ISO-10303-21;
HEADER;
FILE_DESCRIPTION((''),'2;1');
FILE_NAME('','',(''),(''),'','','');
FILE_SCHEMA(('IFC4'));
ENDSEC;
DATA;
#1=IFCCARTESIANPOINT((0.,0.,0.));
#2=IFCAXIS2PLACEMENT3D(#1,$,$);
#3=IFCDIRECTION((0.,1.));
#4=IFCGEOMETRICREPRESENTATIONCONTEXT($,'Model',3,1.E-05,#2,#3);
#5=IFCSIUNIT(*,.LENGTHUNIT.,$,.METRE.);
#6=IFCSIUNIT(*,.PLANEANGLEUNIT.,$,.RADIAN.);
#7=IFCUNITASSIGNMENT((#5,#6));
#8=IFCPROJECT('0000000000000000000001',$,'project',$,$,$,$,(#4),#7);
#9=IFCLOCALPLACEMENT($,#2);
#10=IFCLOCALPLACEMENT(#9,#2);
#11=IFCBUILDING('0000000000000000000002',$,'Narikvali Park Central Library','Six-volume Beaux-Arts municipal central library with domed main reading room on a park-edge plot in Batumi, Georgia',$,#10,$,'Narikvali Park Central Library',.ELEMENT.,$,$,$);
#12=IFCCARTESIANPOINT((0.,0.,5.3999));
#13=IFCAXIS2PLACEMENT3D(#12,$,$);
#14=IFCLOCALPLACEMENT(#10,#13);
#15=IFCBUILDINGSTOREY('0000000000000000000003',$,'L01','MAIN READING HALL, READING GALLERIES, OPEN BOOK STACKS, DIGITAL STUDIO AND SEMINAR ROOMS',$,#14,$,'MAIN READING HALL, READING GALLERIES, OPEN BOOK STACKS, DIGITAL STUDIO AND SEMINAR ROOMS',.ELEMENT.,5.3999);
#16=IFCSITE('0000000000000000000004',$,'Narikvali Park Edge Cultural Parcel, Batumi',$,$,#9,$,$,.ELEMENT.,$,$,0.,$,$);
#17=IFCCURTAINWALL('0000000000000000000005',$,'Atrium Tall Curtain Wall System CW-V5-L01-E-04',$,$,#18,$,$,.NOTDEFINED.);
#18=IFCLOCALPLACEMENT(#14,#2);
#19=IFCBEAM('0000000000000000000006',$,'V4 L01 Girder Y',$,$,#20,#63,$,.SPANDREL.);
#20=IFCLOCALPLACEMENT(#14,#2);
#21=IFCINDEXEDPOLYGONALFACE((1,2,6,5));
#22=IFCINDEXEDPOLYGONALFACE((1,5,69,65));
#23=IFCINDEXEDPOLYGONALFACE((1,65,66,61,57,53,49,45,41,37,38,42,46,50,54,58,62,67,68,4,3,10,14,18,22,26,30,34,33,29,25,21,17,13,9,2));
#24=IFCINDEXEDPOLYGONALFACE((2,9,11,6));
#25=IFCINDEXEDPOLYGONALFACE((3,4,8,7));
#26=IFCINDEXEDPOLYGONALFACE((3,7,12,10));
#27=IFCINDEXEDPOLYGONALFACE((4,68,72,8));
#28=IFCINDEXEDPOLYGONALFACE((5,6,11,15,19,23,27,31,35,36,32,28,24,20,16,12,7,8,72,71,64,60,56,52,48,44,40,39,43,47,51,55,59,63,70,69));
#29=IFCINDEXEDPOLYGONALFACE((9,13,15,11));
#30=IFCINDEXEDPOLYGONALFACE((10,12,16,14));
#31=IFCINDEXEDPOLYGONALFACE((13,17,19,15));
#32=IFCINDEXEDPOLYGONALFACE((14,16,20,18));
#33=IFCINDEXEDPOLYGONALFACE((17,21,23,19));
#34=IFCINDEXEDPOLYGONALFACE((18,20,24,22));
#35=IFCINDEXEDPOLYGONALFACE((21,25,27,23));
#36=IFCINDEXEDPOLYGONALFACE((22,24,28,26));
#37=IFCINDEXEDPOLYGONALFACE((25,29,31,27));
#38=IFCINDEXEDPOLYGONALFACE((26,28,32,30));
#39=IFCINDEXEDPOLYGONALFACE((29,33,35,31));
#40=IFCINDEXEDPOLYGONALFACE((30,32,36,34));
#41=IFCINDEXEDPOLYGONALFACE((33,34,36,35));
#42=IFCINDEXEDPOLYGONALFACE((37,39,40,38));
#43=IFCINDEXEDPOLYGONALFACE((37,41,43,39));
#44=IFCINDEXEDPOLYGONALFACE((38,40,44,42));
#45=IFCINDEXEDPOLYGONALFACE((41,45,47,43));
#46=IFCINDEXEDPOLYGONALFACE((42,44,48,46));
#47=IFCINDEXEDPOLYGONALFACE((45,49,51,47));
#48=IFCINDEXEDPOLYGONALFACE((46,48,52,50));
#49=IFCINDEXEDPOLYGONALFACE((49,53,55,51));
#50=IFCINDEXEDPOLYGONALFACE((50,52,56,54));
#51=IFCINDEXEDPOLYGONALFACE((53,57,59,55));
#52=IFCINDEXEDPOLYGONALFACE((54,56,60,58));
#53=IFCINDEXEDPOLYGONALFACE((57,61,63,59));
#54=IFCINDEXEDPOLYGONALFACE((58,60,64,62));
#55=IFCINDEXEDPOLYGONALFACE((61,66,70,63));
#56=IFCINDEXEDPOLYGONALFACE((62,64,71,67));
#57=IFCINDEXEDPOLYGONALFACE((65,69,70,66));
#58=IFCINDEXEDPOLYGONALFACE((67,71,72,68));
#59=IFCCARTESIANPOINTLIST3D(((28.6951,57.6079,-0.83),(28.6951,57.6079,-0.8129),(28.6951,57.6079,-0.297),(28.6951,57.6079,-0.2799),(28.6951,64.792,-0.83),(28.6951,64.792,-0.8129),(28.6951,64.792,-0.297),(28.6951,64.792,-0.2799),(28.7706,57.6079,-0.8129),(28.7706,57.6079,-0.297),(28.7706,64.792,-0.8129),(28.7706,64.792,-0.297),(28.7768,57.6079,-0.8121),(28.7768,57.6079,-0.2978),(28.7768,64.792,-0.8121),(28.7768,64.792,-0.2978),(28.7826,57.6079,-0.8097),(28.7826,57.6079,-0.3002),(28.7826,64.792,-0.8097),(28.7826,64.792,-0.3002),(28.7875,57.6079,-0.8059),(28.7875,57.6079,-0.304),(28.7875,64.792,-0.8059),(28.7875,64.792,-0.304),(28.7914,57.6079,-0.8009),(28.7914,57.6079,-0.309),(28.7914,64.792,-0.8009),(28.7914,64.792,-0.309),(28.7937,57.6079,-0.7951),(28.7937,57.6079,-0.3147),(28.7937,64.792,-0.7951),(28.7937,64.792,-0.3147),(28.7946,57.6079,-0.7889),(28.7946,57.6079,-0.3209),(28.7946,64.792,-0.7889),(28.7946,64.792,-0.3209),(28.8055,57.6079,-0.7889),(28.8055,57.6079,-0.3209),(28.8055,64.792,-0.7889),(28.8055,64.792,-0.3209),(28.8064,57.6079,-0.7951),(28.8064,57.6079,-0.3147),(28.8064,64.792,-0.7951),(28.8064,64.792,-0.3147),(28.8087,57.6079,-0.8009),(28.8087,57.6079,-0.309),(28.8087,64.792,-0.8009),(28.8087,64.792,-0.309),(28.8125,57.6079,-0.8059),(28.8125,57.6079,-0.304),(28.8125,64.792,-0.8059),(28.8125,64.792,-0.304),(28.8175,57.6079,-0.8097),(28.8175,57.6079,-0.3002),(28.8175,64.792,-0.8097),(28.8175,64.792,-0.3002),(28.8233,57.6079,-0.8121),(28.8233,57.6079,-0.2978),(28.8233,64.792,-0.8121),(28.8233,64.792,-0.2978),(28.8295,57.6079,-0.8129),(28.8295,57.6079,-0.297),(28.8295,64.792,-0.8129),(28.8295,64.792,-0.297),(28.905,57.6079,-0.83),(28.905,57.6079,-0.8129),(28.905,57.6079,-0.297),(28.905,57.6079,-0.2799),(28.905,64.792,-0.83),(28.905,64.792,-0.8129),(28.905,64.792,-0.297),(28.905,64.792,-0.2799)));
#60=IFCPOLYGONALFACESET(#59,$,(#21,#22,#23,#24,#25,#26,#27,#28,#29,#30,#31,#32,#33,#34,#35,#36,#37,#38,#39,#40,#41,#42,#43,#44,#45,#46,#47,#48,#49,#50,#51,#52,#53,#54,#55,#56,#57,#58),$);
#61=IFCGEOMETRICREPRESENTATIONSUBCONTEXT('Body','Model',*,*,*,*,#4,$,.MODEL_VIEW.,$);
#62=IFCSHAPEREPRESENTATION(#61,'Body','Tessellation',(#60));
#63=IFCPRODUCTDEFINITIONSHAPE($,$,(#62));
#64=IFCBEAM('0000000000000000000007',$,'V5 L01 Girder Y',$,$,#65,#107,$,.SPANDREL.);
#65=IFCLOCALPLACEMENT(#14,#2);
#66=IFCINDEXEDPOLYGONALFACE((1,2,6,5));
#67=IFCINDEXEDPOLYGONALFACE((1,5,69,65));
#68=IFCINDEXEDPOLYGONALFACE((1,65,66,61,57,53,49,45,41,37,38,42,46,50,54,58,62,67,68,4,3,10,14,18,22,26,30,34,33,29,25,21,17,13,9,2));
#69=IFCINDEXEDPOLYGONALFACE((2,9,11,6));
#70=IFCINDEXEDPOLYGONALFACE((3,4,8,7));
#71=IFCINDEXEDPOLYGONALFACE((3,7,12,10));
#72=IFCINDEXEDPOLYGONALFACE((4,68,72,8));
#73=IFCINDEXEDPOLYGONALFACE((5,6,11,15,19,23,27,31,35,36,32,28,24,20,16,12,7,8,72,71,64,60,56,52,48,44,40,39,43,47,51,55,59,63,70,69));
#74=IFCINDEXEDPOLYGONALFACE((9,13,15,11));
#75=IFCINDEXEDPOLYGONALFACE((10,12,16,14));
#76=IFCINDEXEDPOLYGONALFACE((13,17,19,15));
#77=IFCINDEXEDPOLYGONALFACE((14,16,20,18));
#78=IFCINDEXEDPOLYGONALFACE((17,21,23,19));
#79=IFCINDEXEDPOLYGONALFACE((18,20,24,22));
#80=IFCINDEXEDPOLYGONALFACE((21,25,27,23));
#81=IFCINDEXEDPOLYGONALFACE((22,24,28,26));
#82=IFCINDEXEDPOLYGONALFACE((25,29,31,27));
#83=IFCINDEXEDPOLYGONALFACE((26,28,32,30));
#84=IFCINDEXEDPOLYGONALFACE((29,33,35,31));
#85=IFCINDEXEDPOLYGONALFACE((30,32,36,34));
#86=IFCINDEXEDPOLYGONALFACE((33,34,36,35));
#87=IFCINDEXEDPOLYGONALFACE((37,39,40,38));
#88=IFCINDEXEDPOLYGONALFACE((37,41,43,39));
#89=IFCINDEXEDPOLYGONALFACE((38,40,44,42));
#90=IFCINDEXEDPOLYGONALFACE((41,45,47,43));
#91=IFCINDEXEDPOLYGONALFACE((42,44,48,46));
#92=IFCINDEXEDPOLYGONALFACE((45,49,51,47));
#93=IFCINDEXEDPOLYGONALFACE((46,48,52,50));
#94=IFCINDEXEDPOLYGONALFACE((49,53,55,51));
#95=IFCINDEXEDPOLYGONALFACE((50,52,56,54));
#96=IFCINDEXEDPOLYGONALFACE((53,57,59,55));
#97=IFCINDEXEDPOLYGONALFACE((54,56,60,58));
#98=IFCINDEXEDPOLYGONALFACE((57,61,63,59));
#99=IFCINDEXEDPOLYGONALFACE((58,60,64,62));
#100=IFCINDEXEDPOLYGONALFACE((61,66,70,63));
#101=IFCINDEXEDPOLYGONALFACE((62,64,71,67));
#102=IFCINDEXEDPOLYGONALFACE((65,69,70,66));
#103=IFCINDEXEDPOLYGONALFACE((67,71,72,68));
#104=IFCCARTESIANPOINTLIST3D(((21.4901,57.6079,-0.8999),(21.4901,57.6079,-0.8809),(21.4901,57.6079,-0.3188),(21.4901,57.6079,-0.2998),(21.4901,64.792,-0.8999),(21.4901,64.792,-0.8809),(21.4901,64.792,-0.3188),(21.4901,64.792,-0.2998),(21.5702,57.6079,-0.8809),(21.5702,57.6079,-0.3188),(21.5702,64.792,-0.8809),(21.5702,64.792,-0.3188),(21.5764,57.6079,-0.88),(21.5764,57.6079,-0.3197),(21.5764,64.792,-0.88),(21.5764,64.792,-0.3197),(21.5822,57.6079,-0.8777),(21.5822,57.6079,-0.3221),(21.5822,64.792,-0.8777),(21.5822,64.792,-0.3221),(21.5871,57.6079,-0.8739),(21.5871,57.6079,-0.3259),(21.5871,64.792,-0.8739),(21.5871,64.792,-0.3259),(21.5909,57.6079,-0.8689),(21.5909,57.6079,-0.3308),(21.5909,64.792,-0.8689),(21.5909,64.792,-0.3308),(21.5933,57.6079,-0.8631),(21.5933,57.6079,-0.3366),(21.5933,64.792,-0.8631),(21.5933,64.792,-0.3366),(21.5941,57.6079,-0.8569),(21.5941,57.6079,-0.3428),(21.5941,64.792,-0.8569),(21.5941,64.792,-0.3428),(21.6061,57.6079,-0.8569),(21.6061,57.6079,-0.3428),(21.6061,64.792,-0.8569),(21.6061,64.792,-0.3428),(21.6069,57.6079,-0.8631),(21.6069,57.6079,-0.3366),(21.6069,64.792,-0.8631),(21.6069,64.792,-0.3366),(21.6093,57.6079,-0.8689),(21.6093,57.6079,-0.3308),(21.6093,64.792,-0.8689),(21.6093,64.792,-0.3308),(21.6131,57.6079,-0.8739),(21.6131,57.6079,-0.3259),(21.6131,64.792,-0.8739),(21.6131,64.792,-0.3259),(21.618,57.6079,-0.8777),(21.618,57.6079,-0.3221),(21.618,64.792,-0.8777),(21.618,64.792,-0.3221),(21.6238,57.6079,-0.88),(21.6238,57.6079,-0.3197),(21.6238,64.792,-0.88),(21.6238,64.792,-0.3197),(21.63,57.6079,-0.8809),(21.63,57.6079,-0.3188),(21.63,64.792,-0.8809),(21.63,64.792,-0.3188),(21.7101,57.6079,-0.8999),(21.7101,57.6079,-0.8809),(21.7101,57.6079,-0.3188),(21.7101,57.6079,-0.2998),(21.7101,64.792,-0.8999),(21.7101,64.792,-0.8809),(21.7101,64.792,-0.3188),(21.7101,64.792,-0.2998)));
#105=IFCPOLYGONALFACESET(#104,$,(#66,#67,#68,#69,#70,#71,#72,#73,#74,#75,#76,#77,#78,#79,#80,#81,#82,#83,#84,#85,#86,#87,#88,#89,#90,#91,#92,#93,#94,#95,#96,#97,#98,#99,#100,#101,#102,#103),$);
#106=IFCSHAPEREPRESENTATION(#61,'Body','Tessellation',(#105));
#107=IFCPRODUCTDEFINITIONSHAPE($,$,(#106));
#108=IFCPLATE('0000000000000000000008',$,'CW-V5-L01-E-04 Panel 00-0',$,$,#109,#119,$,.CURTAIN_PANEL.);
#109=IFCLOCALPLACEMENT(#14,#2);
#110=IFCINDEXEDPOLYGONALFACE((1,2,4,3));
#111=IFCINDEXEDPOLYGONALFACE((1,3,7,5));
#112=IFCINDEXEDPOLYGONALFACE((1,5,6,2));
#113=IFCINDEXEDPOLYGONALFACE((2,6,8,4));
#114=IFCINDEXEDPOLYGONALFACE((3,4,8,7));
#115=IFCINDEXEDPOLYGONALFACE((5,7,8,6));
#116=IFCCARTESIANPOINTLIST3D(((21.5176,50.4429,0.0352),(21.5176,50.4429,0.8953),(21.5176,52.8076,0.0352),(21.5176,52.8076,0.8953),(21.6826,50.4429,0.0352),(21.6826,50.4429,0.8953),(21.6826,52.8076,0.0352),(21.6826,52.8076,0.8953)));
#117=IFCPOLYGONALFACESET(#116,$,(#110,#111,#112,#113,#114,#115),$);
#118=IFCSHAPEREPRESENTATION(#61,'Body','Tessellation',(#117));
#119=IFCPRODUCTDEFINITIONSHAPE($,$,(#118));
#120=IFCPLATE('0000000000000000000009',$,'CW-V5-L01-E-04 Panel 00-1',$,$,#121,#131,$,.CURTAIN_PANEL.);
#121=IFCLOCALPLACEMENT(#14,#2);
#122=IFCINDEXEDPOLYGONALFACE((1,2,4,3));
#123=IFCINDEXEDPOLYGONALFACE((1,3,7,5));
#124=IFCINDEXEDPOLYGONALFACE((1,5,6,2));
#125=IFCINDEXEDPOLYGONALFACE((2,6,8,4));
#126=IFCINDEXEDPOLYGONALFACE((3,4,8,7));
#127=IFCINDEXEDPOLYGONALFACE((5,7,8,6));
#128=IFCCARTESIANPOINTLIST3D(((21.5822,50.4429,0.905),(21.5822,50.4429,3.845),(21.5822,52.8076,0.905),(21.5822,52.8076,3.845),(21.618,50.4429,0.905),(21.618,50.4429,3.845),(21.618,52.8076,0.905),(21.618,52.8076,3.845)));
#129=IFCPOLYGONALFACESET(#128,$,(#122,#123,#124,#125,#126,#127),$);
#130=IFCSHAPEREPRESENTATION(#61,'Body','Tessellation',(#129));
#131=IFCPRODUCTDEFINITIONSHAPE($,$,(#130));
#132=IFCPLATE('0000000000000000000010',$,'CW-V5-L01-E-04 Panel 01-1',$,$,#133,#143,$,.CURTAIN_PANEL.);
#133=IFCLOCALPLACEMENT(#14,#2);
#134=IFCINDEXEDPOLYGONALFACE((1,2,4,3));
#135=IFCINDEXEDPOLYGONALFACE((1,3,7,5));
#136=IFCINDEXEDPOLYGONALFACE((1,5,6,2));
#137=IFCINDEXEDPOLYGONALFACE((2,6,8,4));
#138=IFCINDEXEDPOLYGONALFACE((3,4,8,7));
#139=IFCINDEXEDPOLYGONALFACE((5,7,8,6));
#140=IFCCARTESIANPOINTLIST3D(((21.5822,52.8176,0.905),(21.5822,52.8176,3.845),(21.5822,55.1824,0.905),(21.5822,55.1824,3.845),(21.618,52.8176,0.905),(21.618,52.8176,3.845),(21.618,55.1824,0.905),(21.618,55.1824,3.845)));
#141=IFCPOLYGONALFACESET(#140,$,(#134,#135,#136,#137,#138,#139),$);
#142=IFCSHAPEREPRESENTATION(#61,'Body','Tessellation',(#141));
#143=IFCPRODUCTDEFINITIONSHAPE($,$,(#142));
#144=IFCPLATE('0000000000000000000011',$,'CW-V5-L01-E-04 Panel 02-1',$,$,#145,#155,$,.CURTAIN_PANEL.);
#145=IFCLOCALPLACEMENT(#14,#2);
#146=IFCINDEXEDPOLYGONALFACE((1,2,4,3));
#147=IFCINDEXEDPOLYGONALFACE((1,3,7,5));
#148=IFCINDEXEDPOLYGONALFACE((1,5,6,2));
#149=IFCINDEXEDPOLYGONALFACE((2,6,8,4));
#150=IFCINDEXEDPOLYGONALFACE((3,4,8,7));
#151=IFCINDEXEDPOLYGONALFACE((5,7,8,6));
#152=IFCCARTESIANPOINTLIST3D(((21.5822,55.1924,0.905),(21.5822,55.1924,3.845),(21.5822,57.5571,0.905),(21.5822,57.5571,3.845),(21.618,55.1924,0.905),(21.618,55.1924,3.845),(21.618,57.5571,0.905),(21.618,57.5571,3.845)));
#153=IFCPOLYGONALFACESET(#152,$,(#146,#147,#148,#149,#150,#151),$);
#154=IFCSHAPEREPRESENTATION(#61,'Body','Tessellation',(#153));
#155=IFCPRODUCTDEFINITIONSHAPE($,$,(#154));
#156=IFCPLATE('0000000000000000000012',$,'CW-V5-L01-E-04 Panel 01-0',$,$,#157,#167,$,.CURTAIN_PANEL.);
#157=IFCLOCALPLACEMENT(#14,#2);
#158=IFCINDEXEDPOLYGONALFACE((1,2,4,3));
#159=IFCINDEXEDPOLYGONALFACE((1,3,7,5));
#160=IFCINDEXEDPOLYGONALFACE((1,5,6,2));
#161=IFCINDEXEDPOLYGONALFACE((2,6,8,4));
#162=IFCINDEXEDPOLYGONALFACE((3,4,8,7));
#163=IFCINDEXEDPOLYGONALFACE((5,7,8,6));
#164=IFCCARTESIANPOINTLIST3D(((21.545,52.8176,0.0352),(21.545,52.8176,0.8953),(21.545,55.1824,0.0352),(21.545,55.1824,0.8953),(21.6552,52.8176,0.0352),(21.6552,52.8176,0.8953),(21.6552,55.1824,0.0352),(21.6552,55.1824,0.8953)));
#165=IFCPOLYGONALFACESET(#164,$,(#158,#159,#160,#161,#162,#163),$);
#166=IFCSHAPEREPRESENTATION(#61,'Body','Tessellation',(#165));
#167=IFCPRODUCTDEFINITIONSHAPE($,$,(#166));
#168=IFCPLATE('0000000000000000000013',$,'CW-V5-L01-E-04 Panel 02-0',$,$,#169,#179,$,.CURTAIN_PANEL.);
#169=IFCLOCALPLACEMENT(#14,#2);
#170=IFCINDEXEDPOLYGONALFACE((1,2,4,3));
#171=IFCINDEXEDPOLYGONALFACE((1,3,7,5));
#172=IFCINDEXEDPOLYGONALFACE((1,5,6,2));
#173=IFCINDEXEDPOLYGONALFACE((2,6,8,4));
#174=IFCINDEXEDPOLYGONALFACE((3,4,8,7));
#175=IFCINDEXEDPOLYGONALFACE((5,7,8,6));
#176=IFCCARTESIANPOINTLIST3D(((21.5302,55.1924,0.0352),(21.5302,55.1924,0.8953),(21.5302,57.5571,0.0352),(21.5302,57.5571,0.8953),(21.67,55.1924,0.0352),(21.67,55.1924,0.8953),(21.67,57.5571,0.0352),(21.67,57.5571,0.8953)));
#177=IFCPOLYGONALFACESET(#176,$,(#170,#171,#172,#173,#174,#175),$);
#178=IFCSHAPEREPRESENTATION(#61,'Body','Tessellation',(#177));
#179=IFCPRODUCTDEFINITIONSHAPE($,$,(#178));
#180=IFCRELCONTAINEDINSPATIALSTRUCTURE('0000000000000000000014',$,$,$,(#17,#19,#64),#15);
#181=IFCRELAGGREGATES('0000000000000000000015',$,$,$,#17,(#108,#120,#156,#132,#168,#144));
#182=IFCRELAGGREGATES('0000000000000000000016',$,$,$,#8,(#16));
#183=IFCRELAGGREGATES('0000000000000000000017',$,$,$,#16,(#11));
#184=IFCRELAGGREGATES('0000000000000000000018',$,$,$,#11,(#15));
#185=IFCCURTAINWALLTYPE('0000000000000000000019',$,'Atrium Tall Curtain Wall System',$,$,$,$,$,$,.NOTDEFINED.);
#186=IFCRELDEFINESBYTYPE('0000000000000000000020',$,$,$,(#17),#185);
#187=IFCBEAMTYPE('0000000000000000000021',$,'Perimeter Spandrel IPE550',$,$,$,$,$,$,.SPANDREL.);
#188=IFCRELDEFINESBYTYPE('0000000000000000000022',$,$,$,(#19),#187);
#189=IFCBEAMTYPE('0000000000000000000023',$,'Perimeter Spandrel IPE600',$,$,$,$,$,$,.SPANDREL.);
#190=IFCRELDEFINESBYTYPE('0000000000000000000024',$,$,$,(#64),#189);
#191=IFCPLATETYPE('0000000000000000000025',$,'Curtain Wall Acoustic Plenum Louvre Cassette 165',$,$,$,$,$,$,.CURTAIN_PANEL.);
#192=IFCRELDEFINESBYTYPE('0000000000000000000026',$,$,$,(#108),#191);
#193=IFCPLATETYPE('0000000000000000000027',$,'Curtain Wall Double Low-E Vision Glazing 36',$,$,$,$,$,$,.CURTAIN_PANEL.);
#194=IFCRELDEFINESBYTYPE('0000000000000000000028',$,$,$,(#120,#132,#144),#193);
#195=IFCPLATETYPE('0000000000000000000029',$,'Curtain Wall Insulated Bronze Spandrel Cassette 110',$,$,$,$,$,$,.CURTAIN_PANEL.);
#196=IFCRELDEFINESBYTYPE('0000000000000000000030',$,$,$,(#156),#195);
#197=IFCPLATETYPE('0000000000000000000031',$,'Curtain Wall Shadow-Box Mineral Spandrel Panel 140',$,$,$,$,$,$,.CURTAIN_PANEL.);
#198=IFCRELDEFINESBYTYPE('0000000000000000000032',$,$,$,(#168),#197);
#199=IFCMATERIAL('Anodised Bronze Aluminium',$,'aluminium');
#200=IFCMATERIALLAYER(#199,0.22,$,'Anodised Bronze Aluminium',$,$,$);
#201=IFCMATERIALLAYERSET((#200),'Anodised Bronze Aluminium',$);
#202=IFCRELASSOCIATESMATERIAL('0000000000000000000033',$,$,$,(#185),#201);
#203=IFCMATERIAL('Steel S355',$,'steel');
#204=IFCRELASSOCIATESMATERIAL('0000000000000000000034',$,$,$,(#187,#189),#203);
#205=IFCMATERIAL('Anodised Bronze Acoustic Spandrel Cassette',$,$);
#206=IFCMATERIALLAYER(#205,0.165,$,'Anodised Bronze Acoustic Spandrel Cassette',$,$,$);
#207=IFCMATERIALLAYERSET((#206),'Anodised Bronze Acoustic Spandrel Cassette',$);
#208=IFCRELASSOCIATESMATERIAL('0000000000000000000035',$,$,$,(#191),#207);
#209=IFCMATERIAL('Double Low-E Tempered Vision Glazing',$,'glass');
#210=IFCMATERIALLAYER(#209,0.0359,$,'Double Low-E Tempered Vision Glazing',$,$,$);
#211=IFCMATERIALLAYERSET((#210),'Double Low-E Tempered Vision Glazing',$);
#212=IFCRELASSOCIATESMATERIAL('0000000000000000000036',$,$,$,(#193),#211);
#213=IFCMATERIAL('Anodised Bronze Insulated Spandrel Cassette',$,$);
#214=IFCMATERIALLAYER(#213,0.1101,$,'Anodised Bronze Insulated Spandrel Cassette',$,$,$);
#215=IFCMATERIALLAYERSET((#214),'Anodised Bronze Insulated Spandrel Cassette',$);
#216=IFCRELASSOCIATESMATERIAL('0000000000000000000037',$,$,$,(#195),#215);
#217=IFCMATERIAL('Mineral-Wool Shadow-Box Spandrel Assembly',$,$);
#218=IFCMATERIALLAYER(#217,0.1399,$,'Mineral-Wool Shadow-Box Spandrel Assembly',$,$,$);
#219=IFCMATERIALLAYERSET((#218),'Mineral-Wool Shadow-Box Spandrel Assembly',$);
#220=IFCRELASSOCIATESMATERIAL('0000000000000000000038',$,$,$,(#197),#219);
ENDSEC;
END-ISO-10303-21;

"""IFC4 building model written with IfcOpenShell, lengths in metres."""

from ifc_helpers import new_model, si_unit, direction, frame, origin, origin_2d, place, context, subcontext, project, spatial, rectangle, i_section, extrude, material, layer, layer_set, material_profile, profile_set, type_object, element, aggregate, save


model = new_model("IFC4")

# Units and contexts
model_context = context("Model", 3, precision=1e-05, world=origin(), true_north=direction((0.0, 1.0)))
body_context = subcontext(model_context, "Body", "Model", "MODEL_VIEW")
ifc_project = project(units=[si_unit("LENGTHUNIT", "METRE"), si_unit("PLANEANGLEUNIT", "RADIAN")], contexts=[model_context])

# Site, building, storey
site_placement = place(None, origin())
site = spatial("IfcSite", under=ifc_project, at=site_placement, Name="Narikvali Park Edge Cultural Parcel, Batumi", CompositionType="ELEMENT", RefElevation=0.0)
building_placement = place(site_placement, origin())
building = spatial("IfcBuilding", under=site, at=building_placement, Name="Narikvali Park Central Library", Description="Six-volume Beaux-Arts municipal central library with domed main reading room on a park-edge plot in Batumi, Georgia", LongName="Narikvali Park Central Library", CompositionType="ELEMENT")
storey_placement = place(building_placement, frame((0.0, 0.0, 5.3999)))
storey = spatial("IfcBuildingStorey", under=building, at=storey_placement, Name="L01", Description="MAIN READING HALL, READING GALLERIES, OPEN BOOK STACKS, DIGITAL STUDIO AND SEMINAR ROOMS", LongName="MAIN READING HALL, READING GALLERIES, OPEN BOOK STACKS, DIGITAL STUDIO AND SEMINAR ROOMS", CompositionType="ELEMENT", Elevation=5.3999)

# Shared definitions
ifc_material_1 = material(Name="Steel S355", Category="steel")

# Curtain wall
ifc_material_2 = material(Name="Anodised Bronze Aluminium", Category="aluminium")
ifc_layer_1 = layer(ifc_material_2, 0.22, Name="Anodised Bronze Aluminium")
ifc_layer_set_1 = layer_set([ifc_layer_1], Name="Anodised Bronze Aluminium")
curtain_wall_type = type_object("IfcCurtainWallType", Name="Atrium Tall Curtain Wall System", PredefinedType="NOTDEFINED", material=ifc_layer_set_1)
curtain_wall_placement = place(storey_placement, origin())
curtain_wall = element("IfcCurtainWall", 1, at=curtain_wall_placement, inside=storey, type_object=curtain_wall_type, Name="Atrium Tall Curtain Wall System CW-V5-L01-E-04", PredefinedType="NOTDEFINED")

# Beams
ifc_material_profile_1 = material_profile(ifc_material_1, i_section(OverallWidth=0.21, OverallDepth=0.55, WebThickness=0.011, FlangeThickness=0.0171, FilletRadius=0.0239, at=origin_2d()), Name="IPE 550")
ifc_profile_set_1 = profile_set([ifc_material_profile_1], Name="Steel S355")
beam_type_1 = type_object("IfcBeamType", Name="Perimeter Spandrel IPE550", PredefinedType="SPANDREL", material=ifc_profile_set_1)
beam_1_placement = place(storey_placement, frame((28.8, 57.6079, -0.5549), z_axis=(0.0, 1.0, 0.0), x_axis=(-1.0, 0.0, 0.0)))
element("IfcBeam", 2, at=beam_1_placement, inside=storey, type_object=beam_type_1, Name="V4 L01 Girder Y", PredefinedType="SPANDREL", context=body_context, shape_type="SweptSolid", body=[
    extrude(i_section(OverallWidth=0.21, OverallDepth=0.55, WebThickness=0.011, FlangeThickness=0.0171, FilletRadius=0.0239, at=origin_2d()), origin(), (0.0, 0.0, 1.0), 7.1841),
])
ifc_material_profile_2 = material_profile(ifc_material_1, i_section(OverallWidth=0.22, OverallDepth=0.6001, WebThickness=0.012, FlangeThickness=0.019, FilletRadius=0.0239, at=origin_2d()), Name="IPE 600")
ifc_profile_set_2 = profile_set([ifc_material_profile_2], Name="Steel S355")
beam_type_2 = type_object("IfcBeamType", Name="Perimeter Spandrel IPE600", PredefinedType="SPANDREL", material=ifc_profile_set_2)
beam_2_placement = place(storey_placement, frame((21.6001, 57.6079, -0.5999), z_axis=(0.0, 1.0, 0.0), x_axis=(-1.0, 0.0, 0.0)))
element("IfcBeam", 3, at=beam_2_placement, inside=storey, type_object=beam_type_2, Name="V5 L01 Girder Y", PredefinedType="SPANDREL", context=body_context, shape_type="SweptSolid", body=[
    extrude(i_section(OverallWidth=0.22, OverallDepth=0.6001, WebThickness=0.012, FlangeThickness=0.019, FilletRadius=0.0239, at=origin_2d()), origin(), (0.0, 0.0, 1.0), 7.1841),
])

# Plates
ifc_material_3 = material(Name="Anodised Bronze Acoustic Spandrel Cassette")
ifc_layer_2 = layer(ifc_material_3, 0.165, Name="Anodised Bronze Acoustic Spandrel Cassette")
ifc_layer_set_2 = layer_set([ifc_layer_2], Name="Anodised Bronze Acoustic Spandrel Cassette")
plate_type_1 = type_object("IfcPlateType", Name="Curtain Wall Acoustic Plenum Louvre Cassette 165", PredefinedType="CURTAIN_PANEL", material=ifc_layer_set_2)
plate_1_placement = place(storey_placement, frame((21.6001, 51.6252, 0.0352), z_axis=(0.0, 0.0, 1.0), x_axis=(0.0, 1.0, 0.0)))
plate_1 = element("IfcPlate", 4, at=plate_1_placement, type_object=plate_type_1, Name="CW-V5-L01-E-04 Panel 00-0", PredefinedType="CURTAIN_PANEL", context=body_context, shape_type="SweptSolid", body=[
    extrude(rectangle(XDim=2.3647, YDim=0.165, at=origin_2d()), origin(), (0.0, 0.0, 1.0), 0.8601),
])
ifc_material_4 = material(Name="Double Low-E Tempered Vision Glazing", Category="glass")
ifc_layer_3 = layer(ifc_material_4, 0.0359, Name="Double Low-E Tempered Vision Glazing")
ifc_layer_set_3 = layer_set([ifc_layer_3], Name="Double Low-E Tempered Vision Glazing")
plate_type_2 = type_object("IfcPlateType", Name="Curtain Wall Double Low-E Vision Glazing 36", PredefinedType="CURTAIN_PANEL", material=ifc_layer_set_3)
plate_2_placement = place(storey_placement, frame((21.6001, 51.6252, 0.905), z_axis=(0.0, 0.0, 1.0), x_axis=(0.0, 1.0, 0.0)))
plate_2 = element("IfcPlate", 5, at=plate_2_placement, type_object=plate_type_2, Name="CW-V5-L01-E-04 Panel 00-1", PredefinedType="CURTAIN_PANEL", context=body_context, shape_type="SweptSolid", body=[
    extrude(rectangle(XDim=2.3647, YDim=0.0359, at=origin_2d()), origin(), (0.0, 0.0, 1.0), 2.9399),
])
plate_3_placement = place(storey_placement, frame((21.6001, 54.0, 0.905), z_axis=(0.0, 0.0, 1.0), x_axis=(0.0, 1.0, 0.0)))
plate_3 = element("IfcPlate", 6, at=plate_3_placement, type_object=plate_type_2, Name="CW-V5-L01-E-04 Panel 01-1", PredefinedType="CURTAIN_PANEL", context=body_context, shape_type="SweptSolid", body=[
    extrude(rectangle(XDim=2.3647, YDim=0.0359, at=origin_2d()), origin(), (0.0, 0.0, 1.0), 2.9399),
])
plate_4_placement = place(storey_placement, frame((21.6001, 56.3748, 0.905), z_axis=(0.0, 0.0, 1.0), x_axis=(0.0, 1.0, 0.0)))
plate_4 = element("IfcPlate", 7, at=plate_4_placement, type_object=plate_type_2, Name="CW-V5-L01-E-04 Panel 02-1", PredefinedType="CURTAIN_PANEL", context=body_context, shape_type="SweptSolid", body=[
    extrude(rectangle(XDim=2.3647, YDim=0.0359, at=origin_2d()), origin(), (0.0, 0.0, 1.0), 2.9399),
])
ifc_material_5 = material(Name="Anodised Bronze Insulated Spandrel Cassette")
ifc_layer_4 = layer(ifc_material_5, 0.1101, Name="Anodised Bronze Insulated Spandrel Cassette")
ifc_layer_set_4 = layer_set([ifc_layer_4], Name="Anodised Bronze Insulated Spandrel Cassette")
plate_type_3 = type_object("IfcPlateType", Name="Curtain Wall Insulated Bronze Spandrel Cassette 110", PredefinedType="CURTAIN_PANEL", material=ifc_layer_set_4)
plate_5_placement = place(storey_placement, frame((21.6001, 54.0, 0.0352), z_axis=(0.0, 0.0, 1.0), x_axis=(0.0, 1.0, 0.0)))
plate_5 = element("IfcPlate", 8, at=plate_5_placement, type_object=plate_type_3, Name="CW-V5-L01-E-04 Panel 01-0", PredefinedType="CURTAIN_PANEL", context=body_context, shape_type="SweptSolid", body=[
    extrude(rectangle(XDim=2.3647, YDim=0.1101, at=origin_2d()), origin(), (0.0, 0.0, 1.0), 0.8601),
])
ifc_material_6 = material(Name="Mineral-Wool Shadow-Box Spandrel Assembly")
ifc_layer_5 = layer(ifc_material_6, 0.1399, Name="Mineral-Wool Shadow-Box Spandrel Assembly")
ifc_layer_set_5 = layer_set([ifc_layer_5], Name="Mineral-Wool Shadow-Box Spandrel Assembly")
plate_type_4 = type_object("IfcPlateType", Name="Curtain Wall Shadow-Box Mineral Spandrel Panel 140", PredefinedType="CURTAIN_PANEL", material=ifc_layer_set_5)
plate_6_placement = place(storey_placement, frame((21.6001, 56.3748, 0.0352), z_axis=(0.0, 0.0, 1.0), x_axis=(0.0, 1.0, 0.0)))
plate_6 = element("IfcPlate", 9, at=plate_6_placement, type_object=plate_type_4, Name="CW-V5-L01-E-04 Panel 02-0", PredefinedType="CURTAIN_PANEL", context=body_context, shape_type="SweptSolid", body=[
    extrude(rectangle(XDim=2.3647, YDim=0.1399, at=origin_2d()), origin(), (0.0, 0.0, 1.0), 0.8601),
])
aggregate(curtain_wall, [plate_1, plate_2, plate_5, plate_3, plate_6, plate_4])

save(model, "model.ifc")
